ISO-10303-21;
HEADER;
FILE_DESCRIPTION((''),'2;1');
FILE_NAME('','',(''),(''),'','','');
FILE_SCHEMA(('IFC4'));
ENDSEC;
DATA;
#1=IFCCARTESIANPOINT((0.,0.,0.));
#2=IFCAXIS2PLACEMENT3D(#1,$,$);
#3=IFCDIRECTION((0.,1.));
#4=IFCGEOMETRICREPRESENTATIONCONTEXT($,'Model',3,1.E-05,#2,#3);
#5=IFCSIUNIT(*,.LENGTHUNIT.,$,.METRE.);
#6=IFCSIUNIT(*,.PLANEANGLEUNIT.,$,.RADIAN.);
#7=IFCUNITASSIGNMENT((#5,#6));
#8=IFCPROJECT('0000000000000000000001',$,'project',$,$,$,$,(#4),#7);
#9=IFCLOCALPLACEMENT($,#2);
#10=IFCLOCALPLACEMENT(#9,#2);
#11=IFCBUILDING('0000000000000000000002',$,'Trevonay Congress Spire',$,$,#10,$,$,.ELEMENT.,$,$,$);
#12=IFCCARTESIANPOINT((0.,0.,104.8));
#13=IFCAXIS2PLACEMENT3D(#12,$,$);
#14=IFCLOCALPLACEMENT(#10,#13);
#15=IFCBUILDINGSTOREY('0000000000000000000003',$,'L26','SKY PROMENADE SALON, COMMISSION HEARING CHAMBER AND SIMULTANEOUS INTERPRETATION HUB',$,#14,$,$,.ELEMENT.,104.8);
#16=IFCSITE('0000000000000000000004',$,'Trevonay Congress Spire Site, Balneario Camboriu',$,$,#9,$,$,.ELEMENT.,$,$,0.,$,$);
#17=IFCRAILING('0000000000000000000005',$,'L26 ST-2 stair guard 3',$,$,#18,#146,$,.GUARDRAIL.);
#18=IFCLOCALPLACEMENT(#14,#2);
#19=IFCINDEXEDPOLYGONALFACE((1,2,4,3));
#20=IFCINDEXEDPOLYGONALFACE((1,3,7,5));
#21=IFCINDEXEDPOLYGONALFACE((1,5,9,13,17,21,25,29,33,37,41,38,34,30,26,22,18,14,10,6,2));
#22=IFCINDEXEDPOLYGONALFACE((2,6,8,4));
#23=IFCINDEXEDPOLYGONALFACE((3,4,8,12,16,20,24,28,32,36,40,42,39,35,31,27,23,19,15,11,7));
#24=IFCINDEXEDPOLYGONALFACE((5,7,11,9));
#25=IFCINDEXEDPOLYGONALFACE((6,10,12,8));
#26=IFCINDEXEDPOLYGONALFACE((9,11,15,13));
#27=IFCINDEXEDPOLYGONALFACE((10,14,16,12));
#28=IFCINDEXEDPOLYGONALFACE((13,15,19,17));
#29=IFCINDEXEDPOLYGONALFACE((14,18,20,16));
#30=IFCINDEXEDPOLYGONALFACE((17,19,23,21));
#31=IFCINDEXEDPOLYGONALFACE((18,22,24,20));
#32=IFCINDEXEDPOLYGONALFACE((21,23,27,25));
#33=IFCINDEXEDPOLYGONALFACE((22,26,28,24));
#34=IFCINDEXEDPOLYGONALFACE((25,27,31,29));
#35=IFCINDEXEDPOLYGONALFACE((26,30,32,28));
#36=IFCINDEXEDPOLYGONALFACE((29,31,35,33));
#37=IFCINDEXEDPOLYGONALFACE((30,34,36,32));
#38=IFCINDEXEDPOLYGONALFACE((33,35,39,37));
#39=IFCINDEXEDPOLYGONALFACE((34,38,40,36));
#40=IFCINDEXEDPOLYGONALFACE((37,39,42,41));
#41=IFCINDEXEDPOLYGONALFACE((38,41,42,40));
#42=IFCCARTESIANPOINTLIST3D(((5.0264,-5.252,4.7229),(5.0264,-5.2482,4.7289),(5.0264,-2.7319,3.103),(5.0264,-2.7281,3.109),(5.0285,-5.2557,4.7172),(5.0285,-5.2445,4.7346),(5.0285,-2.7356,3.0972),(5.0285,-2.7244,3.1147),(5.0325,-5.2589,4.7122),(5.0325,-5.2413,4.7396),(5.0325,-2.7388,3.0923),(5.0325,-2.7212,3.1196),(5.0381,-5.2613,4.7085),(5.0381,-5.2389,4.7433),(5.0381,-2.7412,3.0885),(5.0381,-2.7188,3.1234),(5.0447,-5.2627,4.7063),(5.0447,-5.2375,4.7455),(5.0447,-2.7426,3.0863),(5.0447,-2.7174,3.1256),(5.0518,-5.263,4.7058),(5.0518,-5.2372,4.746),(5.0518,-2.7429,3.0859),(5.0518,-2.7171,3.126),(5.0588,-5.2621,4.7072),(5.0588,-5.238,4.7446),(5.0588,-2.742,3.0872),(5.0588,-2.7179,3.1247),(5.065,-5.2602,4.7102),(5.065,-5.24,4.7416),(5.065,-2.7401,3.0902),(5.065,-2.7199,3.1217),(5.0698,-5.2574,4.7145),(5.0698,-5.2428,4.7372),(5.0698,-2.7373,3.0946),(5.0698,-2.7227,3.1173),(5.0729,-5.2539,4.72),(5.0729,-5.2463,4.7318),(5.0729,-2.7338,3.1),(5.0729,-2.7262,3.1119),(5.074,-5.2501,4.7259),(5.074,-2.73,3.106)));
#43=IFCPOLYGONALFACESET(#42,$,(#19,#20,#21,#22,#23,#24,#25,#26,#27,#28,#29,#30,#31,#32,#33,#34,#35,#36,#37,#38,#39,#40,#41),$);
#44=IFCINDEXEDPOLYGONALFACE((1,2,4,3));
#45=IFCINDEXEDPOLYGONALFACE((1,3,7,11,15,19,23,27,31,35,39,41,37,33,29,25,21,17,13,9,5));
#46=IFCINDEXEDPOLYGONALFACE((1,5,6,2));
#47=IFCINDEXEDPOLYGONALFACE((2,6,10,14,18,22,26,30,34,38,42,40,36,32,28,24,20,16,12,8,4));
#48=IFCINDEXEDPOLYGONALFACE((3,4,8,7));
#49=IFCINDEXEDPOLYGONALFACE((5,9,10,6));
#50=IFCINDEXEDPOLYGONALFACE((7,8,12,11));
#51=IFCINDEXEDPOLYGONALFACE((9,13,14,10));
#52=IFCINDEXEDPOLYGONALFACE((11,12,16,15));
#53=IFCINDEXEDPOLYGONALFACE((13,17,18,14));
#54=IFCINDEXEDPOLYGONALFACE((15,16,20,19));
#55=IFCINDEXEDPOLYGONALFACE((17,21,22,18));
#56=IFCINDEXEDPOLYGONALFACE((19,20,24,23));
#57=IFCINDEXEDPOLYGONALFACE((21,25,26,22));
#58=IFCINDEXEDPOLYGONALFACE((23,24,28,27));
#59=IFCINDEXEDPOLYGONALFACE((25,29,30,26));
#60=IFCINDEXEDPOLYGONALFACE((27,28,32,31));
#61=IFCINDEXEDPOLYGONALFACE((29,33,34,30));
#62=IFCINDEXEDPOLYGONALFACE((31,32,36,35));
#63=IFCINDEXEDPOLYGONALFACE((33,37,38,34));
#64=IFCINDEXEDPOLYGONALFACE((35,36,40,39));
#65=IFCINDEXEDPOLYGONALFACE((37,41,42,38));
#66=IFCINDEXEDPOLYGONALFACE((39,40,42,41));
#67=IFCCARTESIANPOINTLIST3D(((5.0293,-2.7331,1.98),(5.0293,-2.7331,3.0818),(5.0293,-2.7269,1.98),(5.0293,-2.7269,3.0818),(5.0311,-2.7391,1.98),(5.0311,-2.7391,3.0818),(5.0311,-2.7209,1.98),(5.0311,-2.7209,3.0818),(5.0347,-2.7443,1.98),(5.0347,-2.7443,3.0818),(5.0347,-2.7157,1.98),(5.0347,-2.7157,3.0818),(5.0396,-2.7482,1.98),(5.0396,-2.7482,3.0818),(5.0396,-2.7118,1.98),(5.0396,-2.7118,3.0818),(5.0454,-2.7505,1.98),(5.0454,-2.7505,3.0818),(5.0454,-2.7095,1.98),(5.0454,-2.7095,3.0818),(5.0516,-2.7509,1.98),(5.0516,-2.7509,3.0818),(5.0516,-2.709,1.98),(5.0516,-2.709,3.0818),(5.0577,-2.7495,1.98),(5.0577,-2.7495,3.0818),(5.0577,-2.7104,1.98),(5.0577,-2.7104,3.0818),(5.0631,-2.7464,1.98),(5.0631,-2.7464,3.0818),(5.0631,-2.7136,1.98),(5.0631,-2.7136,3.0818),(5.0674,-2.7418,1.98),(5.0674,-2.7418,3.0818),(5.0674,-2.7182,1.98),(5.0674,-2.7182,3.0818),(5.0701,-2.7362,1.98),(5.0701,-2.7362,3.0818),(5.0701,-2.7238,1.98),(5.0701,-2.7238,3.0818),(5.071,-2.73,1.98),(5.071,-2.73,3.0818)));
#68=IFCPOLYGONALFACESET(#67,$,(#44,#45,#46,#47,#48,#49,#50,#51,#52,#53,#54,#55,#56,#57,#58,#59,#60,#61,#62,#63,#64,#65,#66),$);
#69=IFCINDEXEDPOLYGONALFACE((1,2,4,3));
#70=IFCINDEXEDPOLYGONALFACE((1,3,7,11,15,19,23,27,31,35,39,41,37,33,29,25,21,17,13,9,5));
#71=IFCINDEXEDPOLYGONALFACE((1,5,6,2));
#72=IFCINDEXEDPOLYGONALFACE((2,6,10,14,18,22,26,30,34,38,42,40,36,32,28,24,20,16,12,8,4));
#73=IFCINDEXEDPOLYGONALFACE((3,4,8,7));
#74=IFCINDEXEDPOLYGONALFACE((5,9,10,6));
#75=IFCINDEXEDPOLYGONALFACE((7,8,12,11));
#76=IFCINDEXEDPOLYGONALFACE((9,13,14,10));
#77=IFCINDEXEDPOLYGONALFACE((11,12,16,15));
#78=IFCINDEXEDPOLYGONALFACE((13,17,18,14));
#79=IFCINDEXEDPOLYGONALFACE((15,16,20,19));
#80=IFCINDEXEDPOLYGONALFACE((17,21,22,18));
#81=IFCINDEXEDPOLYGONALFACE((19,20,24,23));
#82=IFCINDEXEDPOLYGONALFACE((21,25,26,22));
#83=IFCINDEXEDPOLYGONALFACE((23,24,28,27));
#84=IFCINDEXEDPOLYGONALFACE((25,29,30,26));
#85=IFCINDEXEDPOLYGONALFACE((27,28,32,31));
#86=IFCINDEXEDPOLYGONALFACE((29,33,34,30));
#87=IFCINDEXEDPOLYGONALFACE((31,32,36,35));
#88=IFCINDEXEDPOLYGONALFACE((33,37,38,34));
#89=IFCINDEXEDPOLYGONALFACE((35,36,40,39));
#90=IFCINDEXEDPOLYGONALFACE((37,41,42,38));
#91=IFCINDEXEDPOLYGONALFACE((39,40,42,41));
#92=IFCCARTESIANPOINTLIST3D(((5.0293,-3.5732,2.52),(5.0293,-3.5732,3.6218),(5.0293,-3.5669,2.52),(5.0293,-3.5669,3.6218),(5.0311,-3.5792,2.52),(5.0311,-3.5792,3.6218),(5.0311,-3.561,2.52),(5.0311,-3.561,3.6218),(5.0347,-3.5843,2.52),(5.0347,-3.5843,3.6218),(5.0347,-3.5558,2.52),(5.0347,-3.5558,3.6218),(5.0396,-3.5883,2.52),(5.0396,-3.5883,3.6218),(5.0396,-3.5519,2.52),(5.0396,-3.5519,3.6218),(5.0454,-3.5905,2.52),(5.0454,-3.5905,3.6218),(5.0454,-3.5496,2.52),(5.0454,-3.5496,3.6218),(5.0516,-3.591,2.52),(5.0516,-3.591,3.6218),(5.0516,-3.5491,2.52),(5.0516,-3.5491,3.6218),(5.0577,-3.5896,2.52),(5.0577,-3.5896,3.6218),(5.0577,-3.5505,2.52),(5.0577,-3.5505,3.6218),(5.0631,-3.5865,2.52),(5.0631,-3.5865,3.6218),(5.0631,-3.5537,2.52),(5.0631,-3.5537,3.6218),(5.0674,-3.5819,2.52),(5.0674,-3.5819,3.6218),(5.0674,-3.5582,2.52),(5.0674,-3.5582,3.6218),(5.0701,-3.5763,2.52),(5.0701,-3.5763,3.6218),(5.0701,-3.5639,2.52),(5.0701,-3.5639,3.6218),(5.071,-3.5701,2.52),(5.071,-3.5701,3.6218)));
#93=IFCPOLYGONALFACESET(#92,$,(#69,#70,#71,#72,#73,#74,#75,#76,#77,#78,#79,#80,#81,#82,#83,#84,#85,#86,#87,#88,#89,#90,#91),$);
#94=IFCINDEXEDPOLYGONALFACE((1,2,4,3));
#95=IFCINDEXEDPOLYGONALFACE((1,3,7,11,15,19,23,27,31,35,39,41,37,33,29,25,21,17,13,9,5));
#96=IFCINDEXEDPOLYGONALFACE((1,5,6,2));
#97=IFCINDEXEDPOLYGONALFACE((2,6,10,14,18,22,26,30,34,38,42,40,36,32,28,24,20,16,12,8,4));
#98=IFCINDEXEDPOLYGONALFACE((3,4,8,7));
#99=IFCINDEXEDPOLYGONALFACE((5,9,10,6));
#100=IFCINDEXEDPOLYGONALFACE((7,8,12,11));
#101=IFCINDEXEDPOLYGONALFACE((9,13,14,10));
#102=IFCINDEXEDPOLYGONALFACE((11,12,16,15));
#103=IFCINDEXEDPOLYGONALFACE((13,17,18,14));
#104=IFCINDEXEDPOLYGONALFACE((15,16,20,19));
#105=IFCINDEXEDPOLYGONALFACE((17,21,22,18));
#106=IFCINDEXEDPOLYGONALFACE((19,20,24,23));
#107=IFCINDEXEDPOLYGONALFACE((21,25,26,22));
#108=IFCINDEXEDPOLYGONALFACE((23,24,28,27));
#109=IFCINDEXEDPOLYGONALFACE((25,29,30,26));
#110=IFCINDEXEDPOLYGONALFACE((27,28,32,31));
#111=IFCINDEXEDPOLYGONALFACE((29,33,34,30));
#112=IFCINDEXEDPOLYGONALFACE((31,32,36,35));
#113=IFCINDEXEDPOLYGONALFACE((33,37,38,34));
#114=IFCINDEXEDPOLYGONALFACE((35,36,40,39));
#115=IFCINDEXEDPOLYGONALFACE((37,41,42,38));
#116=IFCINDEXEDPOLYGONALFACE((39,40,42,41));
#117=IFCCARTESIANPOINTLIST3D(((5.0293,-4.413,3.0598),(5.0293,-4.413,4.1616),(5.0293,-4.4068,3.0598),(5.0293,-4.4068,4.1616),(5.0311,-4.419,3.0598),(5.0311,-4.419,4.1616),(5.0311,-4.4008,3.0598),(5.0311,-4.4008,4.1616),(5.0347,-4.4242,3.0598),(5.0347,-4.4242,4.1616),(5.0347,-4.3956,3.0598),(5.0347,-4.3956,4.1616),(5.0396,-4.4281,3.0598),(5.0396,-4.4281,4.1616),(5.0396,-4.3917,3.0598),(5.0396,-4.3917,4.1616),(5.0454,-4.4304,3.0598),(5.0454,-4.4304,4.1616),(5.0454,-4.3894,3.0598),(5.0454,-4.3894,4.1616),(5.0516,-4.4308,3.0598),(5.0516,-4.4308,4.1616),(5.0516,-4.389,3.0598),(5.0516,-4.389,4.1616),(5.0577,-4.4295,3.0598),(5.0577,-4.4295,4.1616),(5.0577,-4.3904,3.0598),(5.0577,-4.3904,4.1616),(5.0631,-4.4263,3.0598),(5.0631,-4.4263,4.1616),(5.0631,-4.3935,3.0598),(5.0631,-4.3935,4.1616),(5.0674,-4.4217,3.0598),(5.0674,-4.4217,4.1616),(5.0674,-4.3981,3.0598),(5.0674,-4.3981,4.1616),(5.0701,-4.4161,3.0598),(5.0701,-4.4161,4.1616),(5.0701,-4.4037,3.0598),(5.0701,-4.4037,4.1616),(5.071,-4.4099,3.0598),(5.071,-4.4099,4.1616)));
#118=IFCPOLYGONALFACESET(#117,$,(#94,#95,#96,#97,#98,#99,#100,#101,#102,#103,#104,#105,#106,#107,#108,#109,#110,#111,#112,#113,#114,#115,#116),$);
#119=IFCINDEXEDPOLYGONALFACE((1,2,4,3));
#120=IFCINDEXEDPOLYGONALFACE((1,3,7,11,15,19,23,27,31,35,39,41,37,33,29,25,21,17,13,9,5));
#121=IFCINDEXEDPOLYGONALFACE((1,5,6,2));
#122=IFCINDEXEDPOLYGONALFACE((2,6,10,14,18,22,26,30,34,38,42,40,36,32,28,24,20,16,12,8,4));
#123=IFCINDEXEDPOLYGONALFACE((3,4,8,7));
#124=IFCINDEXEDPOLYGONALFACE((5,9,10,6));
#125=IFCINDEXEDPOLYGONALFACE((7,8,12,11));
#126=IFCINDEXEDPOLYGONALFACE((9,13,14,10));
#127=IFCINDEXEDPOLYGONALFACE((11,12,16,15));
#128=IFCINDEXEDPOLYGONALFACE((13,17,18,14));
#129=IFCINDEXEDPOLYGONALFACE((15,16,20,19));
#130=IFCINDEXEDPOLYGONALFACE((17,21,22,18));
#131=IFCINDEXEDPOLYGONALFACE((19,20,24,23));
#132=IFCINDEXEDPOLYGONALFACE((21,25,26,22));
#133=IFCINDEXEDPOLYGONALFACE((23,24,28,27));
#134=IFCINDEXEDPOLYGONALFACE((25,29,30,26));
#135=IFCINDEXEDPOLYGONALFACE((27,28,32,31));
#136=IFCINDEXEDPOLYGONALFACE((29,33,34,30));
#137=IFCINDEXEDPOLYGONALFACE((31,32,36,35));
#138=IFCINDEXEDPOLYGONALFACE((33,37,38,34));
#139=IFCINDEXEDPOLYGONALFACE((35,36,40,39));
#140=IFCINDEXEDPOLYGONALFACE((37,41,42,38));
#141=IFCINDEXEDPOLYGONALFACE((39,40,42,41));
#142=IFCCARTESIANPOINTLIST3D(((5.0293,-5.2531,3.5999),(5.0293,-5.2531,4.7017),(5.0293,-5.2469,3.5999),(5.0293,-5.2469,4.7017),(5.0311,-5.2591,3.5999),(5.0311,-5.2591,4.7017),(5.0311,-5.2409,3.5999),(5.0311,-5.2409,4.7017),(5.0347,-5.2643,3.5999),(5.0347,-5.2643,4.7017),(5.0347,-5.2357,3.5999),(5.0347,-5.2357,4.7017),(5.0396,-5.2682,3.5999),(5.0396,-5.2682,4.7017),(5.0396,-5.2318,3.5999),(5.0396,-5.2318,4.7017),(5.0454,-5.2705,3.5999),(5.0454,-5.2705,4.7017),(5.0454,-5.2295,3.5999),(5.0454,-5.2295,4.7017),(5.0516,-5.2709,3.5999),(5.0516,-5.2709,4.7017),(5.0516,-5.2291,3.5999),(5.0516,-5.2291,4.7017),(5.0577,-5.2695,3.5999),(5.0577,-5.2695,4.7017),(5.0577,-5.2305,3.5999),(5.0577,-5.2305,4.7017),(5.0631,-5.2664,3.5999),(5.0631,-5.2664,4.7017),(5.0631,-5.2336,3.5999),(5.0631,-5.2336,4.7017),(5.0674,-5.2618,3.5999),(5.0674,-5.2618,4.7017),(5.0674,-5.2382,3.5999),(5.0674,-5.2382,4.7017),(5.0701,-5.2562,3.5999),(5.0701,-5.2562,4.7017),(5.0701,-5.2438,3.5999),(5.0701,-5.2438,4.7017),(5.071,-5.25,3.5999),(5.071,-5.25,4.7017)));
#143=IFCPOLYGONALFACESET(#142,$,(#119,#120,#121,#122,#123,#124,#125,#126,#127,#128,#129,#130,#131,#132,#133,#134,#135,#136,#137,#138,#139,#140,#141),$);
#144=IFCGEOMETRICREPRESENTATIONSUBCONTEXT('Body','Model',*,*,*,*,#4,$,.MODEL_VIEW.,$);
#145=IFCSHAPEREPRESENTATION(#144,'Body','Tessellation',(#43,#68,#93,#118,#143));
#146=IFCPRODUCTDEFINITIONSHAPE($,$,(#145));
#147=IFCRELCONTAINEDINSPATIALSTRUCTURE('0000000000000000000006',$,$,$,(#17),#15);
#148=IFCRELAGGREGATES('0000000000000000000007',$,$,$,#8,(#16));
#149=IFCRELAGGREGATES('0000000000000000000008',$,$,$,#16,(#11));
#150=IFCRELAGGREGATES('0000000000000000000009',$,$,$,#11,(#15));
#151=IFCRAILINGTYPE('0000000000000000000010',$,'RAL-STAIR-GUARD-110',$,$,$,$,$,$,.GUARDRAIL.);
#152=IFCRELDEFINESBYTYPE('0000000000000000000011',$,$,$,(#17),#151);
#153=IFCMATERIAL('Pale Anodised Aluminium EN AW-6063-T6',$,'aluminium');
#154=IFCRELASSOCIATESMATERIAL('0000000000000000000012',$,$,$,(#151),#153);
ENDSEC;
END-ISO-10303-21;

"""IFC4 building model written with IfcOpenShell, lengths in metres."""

from ifc_helpers import new_model, si_unit, direction, frame, origin, origin_2d, place, context, subcontext, project, spatial, circle, extrude, material, type_object, element, save


model = new_model("IFC4")

# Units and contexts
model_context = context("Model", 3, precision=1e-05, world=origin(), true_north=direction((0.0, 1.0)))
body_context = subcontext(model_context, "Body", "Model", "MODEL_VIEW")
ifc_project = project(units=[si_unit("LENGTHUNIT", "METRE"), si_unit("PLANEANGLEUNIT", "RADIAN")], contexts=[model_context])

# Site, building, storey
site_placement = place(None, origin())
site = spatial("IfcSite", under=ifc_project, at=site_placement, Name="Trevonay Congress Spire Site, Balneario Camboriu", CompositionType="ELEMENT", RefElevation=0.0)
building_placement = place(site_placement, origin())
building = spatial("IfcBuilding", under=site, at=building_placement, Name="Trevonay Congress Spire", CompositionType="ELEMENT")
storey_placement = place(building_placement, frame((0.0, 0.0, 104.8)))
storey = spatial("IfcBuildingStorey", under=building, at=storey_placement, Name="L26", Description="SKY PROMENADE SALON, COMMISSION HEARING CHAMBER AND SIMULTANEOUS INTERPRETATION HUB", CompositionType="ELEMENT", Elevation=104.8)

# Shared definitions
ifc_material_1 = material(Name="Pale Anodised Aluminium EN AW-6063-T6", Category="aluminium")

# Railing
railing_type_1 = type_object("IfcRailingType", Name="RAL-STAIR-GUARD-110", PredefinedType="GUARDRAIL", material=ifc_material_1)
railing_1_placement = place(storey_placement, frame((5.05, -2.73, 1.98)))
element("IfcRailing", 1, at=railing_1_placement, inside=storey, type_object=railing_type_1, Name="L26 ST-2 stair guard 3", PredefinedType="GUARDRAIL", context=body_context, shape_type="SweptSolid", body=[
    extrude(circle(Radius=0.0239, at=origin_2d()), frame((0.0, 0.0, 1.126), z_axis=(0.0, -0.8412, 0.540725), x_axis=(1.0, 0.0, 0.0)), (0.0, 0.0, 1.0), 2.9958),
    extrude(circle(Radius=0.021, at=origin_2d()), origin(), (0.0, 0.0, 1.0), 1.1018),
    extrude(circle(Radius=0.021, at=origin_2d()), frame((0.0, -0.8401, 0.54)), (0.0, 0.0, 1.0), 1.1018),
    extrude(circle(Radius=0.021, at=origin_2d()), frame((0.0, -1.6799, 1.0798)), (0.0, 0.0, 1.0), 1.1018),
    extrude(circle(Radius=0.021, at=origin_2d()), frame((0.0, -2.52, 1.6199)), (0.0, 0.0, 1.0), 1.1018),
])

save(model, "model.ifc")
